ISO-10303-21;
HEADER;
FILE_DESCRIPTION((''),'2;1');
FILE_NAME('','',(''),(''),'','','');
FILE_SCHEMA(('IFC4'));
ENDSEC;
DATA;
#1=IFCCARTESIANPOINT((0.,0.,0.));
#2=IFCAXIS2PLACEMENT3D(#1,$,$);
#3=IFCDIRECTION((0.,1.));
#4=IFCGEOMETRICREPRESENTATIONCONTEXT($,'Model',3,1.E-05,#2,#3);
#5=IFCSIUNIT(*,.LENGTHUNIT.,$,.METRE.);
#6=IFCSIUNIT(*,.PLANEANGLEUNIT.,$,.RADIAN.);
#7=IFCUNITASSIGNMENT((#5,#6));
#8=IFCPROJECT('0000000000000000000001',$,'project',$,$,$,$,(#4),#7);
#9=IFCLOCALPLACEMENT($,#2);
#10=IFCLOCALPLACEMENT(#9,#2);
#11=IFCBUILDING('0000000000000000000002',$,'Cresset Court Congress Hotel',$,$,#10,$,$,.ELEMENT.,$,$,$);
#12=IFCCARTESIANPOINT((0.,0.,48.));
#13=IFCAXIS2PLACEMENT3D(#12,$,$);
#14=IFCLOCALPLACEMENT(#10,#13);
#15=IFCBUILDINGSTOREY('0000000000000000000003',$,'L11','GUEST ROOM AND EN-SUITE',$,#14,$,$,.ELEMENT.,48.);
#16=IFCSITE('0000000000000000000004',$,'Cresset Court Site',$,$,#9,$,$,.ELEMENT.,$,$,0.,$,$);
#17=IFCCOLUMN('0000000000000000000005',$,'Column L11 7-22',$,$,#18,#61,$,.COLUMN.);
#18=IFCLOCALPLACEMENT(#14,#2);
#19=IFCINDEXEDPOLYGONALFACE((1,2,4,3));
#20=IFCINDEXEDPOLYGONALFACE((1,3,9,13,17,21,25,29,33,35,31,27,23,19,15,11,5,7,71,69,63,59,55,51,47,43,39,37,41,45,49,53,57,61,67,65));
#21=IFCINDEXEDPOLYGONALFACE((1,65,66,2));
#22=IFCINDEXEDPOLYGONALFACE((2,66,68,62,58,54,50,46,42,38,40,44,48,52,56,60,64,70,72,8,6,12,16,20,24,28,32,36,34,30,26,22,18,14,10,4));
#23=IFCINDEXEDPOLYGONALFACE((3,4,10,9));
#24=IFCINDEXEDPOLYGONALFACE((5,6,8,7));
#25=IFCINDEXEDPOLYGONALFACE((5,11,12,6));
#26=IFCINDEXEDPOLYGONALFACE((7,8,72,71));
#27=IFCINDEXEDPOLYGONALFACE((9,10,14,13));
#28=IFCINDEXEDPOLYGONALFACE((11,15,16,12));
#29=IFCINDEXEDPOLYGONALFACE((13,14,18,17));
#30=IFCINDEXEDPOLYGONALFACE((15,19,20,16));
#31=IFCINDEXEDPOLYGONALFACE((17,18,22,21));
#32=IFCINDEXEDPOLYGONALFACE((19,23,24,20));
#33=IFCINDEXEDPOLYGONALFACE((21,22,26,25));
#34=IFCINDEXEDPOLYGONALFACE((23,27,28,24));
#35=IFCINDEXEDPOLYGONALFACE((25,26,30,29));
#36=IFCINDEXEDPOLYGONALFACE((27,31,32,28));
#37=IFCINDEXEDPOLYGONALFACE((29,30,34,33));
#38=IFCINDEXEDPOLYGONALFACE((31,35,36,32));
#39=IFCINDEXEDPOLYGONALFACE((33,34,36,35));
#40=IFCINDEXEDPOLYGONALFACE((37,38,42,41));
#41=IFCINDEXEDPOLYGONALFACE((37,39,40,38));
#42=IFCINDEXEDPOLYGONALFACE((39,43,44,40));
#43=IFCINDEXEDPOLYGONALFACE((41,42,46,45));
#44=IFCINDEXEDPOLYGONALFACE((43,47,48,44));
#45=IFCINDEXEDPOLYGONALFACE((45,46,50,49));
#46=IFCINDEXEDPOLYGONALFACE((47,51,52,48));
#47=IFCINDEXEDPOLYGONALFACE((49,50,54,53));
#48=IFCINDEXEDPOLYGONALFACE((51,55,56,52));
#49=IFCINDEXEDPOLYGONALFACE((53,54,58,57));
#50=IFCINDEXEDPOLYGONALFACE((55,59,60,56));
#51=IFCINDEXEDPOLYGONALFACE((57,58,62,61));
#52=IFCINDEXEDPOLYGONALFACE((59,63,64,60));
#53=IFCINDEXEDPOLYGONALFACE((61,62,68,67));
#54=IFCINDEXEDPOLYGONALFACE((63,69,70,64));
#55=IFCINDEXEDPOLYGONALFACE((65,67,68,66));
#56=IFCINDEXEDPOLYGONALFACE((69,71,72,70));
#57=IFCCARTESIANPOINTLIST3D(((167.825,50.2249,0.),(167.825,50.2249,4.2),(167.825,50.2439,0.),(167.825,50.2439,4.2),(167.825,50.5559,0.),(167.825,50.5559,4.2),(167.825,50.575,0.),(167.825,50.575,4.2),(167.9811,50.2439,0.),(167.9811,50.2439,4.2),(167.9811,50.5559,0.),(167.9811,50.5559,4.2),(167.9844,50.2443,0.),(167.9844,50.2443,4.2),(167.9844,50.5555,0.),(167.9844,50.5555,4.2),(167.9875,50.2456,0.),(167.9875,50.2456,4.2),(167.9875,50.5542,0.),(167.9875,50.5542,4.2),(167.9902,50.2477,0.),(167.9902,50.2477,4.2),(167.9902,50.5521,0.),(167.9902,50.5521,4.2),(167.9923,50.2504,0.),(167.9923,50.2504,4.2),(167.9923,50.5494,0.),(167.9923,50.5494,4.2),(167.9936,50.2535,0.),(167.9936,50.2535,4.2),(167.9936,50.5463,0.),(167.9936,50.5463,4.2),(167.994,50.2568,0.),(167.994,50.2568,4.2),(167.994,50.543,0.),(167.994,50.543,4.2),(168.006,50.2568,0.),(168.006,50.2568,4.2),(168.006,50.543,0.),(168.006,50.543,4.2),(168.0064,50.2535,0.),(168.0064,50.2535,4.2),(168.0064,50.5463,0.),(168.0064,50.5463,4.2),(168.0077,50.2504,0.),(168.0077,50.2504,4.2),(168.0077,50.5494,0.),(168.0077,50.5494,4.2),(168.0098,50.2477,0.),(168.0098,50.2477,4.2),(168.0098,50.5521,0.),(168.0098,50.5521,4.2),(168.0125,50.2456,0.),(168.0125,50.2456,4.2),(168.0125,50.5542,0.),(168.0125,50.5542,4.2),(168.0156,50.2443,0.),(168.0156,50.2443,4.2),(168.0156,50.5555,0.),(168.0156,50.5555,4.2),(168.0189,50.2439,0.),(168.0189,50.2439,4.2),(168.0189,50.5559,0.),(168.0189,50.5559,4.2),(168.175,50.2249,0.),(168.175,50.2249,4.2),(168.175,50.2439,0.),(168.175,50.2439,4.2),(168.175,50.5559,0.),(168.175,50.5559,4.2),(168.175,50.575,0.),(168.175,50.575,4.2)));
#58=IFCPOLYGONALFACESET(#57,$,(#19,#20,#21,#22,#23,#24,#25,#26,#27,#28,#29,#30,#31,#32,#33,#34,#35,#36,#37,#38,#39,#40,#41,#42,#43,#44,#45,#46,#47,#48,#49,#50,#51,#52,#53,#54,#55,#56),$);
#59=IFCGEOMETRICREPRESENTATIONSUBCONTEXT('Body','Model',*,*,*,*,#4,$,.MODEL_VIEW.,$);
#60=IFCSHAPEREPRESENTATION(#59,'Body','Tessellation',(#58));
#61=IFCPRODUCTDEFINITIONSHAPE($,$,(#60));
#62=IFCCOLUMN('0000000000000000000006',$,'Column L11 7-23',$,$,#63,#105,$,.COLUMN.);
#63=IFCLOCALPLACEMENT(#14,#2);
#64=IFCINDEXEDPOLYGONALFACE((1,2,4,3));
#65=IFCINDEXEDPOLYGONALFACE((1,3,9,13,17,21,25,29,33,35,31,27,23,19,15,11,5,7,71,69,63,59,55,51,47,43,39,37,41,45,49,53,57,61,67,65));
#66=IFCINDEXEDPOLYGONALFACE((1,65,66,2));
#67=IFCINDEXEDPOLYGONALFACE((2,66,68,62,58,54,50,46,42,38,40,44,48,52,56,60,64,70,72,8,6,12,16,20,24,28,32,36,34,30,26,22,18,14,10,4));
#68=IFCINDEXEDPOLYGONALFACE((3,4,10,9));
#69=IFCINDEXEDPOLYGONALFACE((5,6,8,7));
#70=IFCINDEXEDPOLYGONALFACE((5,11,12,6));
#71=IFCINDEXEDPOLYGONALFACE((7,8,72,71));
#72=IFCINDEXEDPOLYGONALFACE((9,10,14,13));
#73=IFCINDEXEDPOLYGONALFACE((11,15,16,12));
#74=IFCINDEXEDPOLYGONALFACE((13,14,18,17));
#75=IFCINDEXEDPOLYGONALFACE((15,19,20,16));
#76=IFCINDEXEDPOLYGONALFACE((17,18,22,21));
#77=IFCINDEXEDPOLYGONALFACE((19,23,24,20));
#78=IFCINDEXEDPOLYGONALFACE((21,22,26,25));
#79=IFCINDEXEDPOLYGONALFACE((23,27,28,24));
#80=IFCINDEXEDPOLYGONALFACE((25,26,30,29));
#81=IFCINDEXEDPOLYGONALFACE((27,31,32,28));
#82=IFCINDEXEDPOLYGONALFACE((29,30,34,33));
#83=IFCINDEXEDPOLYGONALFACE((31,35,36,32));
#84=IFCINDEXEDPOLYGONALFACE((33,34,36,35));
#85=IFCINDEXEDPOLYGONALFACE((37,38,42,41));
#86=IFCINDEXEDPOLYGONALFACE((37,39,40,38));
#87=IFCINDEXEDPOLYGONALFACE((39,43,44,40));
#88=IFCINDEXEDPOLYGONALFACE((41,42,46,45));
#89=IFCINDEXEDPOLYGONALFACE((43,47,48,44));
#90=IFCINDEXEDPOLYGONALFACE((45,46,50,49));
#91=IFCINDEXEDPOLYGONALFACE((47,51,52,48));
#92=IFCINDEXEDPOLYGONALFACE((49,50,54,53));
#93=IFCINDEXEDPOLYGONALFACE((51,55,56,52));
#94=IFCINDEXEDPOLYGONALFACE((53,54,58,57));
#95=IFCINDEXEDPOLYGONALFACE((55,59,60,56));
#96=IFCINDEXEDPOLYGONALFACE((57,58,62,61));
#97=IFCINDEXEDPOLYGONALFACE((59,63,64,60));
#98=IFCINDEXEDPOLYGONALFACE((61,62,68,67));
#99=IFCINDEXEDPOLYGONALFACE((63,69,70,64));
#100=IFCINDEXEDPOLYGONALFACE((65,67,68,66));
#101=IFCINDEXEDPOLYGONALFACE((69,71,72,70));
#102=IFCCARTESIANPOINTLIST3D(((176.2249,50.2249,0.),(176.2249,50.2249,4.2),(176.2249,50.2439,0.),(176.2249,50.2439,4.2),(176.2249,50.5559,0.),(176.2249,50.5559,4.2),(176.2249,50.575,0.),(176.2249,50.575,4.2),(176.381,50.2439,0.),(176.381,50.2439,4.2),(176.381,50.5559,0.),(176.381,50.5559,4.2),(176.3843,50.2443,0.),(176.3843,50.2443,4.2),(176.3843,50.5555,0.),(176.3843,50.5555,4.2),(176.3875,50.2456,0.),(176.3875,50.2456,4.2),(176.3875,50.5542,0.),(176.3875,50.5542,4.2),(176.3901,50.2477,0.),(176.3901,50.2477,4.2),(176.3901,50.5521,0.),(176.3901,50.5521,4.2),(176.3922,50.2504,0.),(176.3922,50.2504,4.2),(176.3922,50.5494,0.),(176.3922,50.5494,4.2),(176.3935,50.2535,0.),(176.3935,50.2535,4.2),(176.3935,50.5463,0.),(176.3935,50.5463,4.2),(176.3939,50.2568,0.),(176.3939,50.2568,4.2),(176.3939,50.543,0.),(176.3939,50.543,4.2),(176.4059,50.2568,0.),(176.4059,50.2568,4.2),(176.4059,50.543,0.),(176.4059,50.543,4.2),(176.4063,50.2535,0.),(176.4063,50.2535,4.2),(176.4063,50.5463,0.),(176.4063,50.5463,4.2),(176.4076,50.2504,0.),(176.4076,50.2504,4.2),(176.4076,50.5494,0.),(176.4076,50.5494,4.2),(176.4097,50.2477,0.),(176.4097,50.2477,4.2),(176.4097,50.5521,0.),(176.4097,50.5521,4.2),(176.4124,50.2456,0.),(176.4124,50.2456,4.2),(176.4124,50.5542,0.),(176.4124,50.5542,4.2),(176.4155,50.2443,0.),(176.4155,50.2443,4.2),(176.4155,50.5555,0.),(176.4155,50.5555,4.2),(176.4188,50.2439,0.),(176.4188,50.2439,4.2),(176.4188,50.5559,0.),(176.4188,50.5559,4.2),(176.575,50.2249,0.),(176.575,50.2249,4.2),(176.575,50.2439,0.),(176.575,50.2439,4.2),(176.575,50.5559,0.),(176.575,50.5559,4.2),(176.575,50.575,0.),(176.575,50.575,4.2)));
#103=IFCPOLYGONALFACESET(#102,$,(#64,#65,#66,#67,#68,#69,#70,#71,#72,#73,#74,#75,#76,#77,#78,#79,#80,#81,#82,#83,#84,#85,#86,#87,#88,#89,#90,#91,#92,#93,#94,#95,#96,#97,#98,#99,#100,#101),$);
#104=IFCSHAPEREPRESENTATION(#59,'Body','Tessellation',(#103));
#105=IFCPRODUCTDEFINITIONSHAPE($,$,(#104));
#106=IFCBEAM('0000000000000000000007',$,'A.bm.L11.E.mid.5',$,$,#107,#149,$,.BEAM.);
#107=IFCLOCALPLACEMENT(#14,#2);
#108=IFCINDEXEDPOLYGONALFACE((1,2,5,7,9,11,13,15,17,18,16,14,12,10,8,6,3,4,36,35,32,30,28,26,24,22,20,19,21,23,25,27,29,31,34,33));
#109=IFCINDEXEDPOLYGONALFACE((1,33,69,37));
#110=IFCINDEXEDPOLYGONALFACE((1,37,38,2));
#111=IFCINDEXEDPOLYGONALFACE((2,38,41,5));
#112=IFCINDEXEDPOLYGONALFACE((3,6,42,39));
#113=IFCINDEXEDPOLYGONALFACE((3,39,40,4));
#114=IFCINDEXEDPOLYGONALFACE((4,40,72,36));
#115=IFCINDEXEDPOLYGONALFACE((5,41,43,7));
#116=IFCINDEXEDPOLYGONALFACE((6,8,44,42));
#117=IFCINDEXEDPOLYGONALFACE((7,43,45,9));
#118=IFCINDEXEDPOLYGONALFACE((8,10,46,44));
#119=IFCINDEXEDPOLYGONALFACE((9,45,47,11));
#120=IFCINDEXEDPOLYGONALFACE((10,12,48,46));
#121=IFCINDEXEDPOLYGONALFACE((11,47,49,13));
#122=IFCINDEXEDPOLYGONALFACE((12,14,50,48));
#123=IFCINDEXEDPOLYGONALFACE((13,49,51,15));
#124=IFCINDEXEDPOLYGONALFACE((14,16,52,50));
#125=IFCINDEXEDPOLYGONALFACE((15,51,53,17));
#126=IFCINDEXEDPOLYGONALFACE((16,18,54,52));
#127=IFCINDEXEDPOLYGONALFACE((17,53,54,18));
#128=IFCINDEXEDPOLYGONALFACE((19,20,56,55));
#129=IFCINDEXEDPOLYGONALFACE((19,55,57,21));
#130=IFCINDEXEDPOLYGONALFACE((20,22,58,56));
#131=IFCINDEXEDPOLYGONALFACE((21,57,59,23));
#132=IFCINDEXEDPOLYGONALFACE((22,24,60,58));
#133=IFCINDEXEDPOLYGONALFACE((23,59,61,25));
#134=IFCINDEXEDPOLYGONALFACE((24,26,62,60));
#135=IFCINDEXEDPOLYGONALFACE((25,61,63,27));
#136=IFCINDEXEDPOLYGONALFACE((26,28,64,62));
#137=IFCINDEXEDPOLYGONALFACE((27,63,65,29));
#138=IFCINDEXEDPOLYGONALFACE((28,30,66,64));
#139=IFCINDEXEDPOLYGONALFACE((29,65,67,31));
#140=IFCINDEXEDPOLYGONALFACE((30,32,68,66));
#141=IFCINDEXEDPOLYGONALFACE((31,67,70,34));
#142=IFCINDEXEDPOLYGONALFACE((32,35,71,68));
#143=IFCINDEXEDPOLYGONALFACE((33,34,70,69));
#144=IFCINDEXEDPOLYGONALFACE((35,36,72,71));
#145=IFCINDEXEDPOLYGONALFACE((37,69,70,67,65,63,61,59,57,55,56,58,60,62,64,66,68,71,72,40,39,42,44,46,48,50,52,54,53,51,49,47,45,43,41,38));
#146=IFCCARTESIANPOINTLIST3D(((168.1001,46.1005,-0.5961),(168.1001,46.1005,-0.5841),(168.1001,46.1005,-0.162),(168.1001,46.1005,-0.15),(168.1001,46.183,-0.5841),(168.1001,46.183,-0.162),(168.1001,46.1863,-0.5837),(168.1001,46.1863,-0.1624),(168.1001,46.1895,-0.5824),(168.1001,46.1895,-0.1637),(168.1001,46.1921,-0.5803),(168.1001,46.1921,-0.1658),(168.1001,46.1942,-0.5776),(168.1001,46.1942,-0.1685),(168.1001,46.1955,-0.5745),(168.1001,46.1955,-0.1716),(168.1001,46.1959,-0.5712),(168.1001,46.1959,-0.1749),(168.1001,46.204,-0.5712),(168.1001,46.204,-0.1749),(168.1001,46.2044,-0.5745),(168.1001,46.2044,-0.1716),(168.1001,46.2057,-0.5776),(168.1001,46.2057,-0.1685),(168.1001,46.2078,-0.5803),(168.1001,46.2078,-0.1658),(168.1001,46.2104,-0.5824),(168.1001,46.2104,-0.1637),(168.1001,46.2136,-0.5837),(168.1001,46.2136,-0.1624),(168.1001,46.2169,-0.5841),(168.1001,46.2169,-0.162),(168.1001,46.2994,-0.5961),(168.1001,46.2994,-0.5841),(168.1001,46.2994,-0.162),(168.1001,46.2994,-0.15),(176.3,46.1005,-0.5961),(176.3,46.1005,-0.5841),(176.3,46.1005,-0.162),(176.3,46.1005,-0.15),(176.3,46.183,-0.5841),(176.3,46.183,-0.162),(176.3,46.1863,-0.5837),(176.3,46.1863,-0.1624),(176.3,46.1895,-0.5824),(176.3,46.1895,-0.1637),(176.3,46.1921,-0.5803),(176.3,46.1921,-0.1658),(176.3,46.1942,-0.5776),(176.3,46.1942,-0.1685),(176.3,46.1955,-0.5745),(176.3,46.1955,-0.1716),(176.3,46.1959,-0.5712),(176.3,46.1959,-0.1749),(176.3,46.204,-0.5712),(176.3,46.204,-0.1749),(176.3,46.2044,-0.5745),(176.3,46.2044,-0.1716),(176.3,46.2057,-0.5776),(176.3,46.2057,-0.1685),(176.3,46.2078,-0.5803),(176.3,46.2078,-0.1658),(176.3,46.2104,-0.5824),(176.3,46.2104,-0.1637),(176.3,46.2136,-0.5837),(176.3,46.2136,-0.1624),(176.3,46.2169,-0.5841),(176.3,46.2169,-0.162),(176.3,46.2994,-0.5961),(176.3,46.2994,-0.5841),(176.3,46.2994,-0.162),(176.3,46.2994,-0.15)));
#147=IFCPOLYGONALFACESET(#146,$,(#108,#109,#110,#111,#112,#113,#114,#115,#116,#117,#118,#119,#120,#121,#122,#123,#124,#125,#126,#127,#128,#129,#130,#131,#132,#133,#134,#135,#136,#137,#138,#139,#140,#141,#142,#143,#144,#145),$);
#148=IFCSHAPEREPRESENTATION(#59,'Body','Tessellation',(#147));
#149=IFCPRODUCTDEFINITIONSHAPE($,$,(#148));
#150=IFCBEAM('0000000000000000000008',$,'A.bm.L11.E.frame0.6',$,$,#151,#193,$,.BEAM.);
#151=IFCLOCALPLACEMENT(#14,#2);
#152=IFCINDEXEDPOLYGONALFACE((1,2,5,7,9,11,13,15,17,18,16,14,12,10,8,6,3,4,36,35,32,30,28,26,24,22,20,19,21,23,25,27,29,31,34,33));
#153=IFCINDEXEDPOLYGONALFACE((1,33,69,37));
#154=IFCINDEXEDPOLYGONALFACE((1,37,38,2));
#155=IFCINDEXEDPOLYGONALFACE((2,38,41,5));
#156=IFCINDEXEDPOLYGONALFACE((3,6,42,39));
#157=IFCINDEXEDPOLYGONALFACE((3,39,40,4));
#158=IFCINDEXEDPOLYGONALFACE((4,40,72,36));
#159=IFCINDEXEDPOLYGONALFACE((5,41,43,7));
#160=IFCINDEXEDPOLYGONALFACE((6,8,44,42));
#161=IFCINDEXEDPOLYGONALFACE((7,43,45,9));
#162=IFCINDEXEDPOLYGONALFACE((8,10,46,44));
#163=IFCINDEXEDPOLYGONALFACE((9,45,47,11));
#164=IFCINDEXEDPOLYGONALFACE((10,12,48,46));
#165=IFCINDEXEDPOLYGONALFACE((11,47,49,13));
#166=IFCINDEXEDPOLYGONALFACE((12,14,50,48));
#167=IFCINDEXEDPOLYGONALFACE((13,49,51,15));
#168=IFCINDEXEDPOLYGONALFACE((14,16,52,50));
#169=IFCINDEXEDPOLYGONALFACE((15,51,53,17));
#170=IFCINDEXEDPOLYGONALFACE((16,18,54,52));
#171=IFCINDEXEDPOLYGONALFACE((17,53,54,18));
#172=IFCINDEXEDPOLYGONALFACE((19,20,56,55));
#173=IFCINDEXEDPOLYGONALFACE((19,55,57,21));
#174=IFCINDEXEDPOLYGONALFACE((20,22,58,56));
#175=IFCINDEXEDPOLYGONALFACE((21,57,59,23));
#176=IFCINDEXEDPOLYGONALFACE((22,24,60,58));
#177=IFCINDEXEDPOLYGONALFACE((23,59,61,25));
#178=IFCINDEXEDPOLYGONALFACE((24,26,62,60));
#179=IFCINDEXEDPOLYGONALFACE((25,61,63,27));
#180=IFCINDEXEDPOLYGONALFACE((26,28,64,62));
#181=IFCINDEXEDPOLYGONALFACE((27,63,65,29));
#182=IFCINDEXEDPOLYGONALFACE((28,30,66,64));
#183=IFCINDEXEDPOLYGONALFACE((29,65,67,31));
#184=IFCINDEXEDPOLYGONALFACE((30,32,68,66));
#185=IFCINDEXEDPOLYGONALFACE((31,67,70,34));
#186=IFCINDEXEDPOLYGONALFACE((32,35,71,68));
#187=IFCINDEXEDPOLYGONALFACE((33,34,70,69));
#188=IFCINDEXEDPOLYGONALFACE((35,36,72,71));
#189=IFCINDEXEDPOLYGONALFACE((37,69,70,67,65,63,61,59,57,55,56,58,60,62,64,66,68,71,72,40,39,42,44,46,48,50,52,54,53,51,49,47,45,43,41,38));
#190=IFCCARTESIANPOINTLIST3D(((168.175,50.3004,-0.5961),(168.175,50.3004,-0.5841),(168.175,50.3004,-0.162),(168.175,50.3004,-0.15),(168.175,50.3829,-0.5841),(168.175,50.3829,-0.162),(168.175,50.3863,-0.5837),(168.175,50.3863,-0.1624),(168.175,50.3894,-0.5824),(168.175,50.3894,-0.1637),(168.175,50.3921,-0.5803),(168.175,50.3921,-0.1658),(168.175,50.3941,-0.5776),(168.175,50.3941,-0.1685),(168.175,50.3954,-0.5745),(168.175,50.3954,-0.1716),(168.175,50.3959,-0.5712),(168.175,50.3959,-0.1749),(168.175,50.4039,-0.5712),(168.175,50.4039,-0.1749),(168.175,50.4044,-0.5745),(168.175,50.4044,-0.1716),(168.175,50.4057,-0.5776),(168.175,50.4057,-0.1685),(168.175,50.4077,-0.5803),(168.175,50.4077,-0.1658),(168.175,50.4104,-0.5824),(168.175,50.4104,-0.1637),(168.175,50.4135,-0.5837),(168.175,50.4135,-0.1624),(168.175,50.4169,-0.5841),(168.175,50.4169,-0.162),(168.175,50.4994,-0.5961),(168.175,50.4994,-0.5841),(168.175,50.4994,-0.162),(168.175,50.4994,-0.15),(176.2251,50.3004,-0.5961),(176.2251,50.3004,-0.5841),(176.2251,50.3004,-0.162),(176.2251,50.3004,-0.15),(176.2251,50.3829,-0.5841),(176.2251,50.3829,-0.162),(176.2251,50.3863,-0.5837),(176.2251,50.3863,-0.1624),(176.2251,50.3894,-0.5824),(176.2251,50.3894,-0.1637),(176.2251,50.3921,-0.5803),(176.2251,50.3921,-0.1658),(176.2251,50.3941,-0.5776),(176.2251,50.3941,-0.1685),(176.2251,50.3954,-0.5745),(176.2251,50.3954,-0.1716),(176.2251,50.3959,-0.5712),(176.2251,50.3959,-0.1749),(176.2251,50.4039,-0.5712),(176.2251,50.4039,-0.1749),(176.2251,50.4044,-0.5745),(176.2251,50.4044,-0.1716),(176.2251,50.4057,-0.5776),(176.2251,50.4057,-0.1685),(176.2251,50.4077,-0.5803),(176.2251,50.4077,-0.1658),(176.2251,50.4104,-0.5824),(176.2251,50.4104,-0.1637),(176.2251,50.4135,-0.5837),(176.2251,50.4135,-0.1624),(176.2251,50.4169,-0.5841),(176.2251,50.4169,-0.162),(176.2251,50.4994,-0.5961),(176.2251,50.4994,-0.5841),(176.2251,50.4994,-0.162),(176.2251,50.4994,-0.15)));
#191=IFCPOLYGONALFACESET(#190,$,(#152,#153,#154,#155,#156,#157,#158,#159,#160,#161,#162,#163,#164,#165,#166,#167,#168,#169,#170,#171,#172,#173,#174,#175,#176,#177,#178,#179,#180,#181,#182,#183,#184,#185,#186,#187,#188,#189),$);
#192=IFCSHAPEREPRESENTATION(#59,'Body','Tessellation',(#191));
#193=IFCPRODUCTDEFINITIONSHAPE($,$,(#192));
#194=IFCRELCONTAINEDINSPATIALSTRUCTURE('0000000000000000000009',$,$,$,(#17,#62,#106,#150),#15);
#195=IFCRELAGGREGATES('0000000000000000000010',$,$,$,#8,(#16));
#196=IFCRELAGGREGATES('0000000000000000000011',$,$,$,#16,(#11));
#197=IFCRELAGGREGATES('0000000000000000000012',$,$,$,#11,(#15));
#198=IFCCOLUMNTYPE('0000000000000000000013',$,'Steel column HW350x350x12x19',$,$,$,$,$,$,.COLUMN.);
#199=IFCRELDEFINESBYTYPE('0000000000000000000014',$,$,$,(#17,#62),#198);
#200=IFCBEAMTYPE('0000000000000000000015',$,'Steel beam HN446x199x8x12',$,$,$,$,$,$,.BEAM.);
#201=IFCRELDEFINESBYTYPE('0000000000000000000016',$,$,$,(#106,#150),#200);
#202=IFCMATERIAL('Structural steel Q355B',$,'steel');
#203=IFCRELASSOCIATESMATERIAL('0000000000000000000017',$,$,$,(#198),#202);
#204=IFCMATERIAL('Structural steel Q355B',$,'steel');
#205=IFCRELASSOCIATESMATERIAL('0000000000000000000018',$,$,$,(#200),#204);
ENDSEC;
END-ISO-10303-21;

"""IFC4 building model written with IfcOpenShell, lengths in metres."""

from ifc_helpers import new_model, si_unit, direction, frame, origin, origin_2d, place, context, subcontext, project, spatial, i_section, extrude, material, material_profile, profile_set, type_object, element, save


model = new_model("IFC4")

# Units and contexts
model_context = context("Model", 3, precision=1e-05, world=origin(), true_north=direction((0.0, 1.0)))
body_context = subcontext(model_context, "Body", "Model", "MODEL_VIEW")
ifc_project = project(units=[si_unit("LENGTHUNIT", "METRE"), si_unit("PLANEANGLEUNIT", "RADIAN")], contexts=[model_context])

# Site, building, storey
site_placement = place(None, origin())
site = spatial("IfcSite", under=ifc_project, at=site_placement, Name="Cresset Court Site", CompositionType="ELEMENT", RefElevation=0.0)
building_placement = place(site_placement, origin())
building = spatial("IfcBuilding", under=site, at=building_placement, Name="Cresset Court Congress Hotel", CompositionType="ELEMENT")
storey_placement = place(building_placement, frame((0.0, 0.0, 48.0)))
storey = spatial("IfcBuildingStorey", under=building, at=storey_placement, Name="L11", Description="GUEST ROOM AND EN-SUITE", CompositionType="ELEMENT", Elevation=48.0)

# Columns
ifc_material_1 = material(Name="Structural steel Q355B", Category="steel")
ifc_material_profile_1 = material_profile(ifc_material_1, i_section(OverallWidth=0.3501, OverallDepth=0.3501, WebThickness=0.012, FlangeThickness=0.019, FilletRadius=0.0129, at=origin_2d()), Name="HW350x350x12x19")
ifc_profile_set_1 = profile_set([ifc_material_profile_1], Name="Structural steel Q355B")
column_type = type_object("IfcColumnType", Name="Steel column HW350x350x12x19", PredefinedType="COLUMN", material=ifc_profile_set_1)
for number, where, z_axis, x_axis, name in (
    (1, (168.0, 50.3999, 0.0), (0.0, 0.0, 1.0), (1.0, 0.0, 0.0), "Column L11 7-22"),
    (2, (176.3999, 50.3999, 0.0), (0.0, 0.0, 1.0), (1.0, 0.0, 0.0), "Column L11 7-23"),
):
    element("IfcColumn", number, at=place(storey_placement, frame(where, z_axis=z_axis, x_axis=x_axis)), inside=storey, type_object=column_type, Name=name, PredefinedType="COLUMN", context=body_context, shape_type="SweptSolid", body=[
        extrude(i_section(OverallWidth=0.3501, OverallDepth=0.3501, WebThickness=0.012, FlangeThickness=0.019, FilletRadius=0.0129, at=origin_2d()), origin(), (0.0, 0.0, 1.0), 4.2),
    ])

# Beams
ifc_material_2 = material(Name="Structural steel Q355B", Category="steel")
ifc_material_profile_2 = material_profile(ifc_material_2, i_section(OverallWidth=0.199, OverallDepth=0.446, WebThickness=0.0081, FlangeThickness=0.012, FilletRadius=0.0129, at=origin_2d()), Name="HN446x199x8x12")
ifc_profile_set_2 = profile_set([ifc_material_profile_2], Name="Structural steel Q355B")
beam_type_1 = type_object("IfcBeamType", Name="Steel beam HN446x199x8x12", PredefinedType="BEAM", material=ifc_profile_set_2)
beam_1_placement = place(storey_placement, frame((168.1001, 46.2, -0.373), z_axis=(1.0, 0.0, 0.0), x_axis=(0.0, 1.0, 0.0)))
element("IfcBeam", 3, at=beam_1_placement, inside=storey, type_object=beam_type_1, Name="A.bm.L11.E.mid.5", PredefinedType="BEAM", context=body_context, shape_type="SweptSolid", body=[
    extrude(i_section(OverallWidth=0.199, OverallDepth=0.446, WebThickness=0.0081, FlangeThickness=0.012, FilletRadius=0.0129, at=origin_2d()), origin(), (0.0, 0.0, 1.0), 8.2),
])
beam_2_placement = place(storey_placement, frame((168.175, 50.3999, -0.373), z_axis=(1.0, 0.0, 0.0), x_axis=(0.0, 1.0, 0.0)))
element("IfcBeam", 4, at=beam_2_placement, inside=storey, type_object=beam_type_1, Name="A.bm.L11.E.frame0.6", PredefinedType="BEAM", context=body_context, shape_type="SweptSolid", body=[
    extrude(i_section(OverallWidth=0.199, OverallDepth=0.446, WebThickness=0.0081, FlangeThickness=0.012, FilletRadius=0.0129, at=origin_2d()), origin(), (0.0, 0.0, 1.0), 8.05),
])

save(model, "model.ifc")
